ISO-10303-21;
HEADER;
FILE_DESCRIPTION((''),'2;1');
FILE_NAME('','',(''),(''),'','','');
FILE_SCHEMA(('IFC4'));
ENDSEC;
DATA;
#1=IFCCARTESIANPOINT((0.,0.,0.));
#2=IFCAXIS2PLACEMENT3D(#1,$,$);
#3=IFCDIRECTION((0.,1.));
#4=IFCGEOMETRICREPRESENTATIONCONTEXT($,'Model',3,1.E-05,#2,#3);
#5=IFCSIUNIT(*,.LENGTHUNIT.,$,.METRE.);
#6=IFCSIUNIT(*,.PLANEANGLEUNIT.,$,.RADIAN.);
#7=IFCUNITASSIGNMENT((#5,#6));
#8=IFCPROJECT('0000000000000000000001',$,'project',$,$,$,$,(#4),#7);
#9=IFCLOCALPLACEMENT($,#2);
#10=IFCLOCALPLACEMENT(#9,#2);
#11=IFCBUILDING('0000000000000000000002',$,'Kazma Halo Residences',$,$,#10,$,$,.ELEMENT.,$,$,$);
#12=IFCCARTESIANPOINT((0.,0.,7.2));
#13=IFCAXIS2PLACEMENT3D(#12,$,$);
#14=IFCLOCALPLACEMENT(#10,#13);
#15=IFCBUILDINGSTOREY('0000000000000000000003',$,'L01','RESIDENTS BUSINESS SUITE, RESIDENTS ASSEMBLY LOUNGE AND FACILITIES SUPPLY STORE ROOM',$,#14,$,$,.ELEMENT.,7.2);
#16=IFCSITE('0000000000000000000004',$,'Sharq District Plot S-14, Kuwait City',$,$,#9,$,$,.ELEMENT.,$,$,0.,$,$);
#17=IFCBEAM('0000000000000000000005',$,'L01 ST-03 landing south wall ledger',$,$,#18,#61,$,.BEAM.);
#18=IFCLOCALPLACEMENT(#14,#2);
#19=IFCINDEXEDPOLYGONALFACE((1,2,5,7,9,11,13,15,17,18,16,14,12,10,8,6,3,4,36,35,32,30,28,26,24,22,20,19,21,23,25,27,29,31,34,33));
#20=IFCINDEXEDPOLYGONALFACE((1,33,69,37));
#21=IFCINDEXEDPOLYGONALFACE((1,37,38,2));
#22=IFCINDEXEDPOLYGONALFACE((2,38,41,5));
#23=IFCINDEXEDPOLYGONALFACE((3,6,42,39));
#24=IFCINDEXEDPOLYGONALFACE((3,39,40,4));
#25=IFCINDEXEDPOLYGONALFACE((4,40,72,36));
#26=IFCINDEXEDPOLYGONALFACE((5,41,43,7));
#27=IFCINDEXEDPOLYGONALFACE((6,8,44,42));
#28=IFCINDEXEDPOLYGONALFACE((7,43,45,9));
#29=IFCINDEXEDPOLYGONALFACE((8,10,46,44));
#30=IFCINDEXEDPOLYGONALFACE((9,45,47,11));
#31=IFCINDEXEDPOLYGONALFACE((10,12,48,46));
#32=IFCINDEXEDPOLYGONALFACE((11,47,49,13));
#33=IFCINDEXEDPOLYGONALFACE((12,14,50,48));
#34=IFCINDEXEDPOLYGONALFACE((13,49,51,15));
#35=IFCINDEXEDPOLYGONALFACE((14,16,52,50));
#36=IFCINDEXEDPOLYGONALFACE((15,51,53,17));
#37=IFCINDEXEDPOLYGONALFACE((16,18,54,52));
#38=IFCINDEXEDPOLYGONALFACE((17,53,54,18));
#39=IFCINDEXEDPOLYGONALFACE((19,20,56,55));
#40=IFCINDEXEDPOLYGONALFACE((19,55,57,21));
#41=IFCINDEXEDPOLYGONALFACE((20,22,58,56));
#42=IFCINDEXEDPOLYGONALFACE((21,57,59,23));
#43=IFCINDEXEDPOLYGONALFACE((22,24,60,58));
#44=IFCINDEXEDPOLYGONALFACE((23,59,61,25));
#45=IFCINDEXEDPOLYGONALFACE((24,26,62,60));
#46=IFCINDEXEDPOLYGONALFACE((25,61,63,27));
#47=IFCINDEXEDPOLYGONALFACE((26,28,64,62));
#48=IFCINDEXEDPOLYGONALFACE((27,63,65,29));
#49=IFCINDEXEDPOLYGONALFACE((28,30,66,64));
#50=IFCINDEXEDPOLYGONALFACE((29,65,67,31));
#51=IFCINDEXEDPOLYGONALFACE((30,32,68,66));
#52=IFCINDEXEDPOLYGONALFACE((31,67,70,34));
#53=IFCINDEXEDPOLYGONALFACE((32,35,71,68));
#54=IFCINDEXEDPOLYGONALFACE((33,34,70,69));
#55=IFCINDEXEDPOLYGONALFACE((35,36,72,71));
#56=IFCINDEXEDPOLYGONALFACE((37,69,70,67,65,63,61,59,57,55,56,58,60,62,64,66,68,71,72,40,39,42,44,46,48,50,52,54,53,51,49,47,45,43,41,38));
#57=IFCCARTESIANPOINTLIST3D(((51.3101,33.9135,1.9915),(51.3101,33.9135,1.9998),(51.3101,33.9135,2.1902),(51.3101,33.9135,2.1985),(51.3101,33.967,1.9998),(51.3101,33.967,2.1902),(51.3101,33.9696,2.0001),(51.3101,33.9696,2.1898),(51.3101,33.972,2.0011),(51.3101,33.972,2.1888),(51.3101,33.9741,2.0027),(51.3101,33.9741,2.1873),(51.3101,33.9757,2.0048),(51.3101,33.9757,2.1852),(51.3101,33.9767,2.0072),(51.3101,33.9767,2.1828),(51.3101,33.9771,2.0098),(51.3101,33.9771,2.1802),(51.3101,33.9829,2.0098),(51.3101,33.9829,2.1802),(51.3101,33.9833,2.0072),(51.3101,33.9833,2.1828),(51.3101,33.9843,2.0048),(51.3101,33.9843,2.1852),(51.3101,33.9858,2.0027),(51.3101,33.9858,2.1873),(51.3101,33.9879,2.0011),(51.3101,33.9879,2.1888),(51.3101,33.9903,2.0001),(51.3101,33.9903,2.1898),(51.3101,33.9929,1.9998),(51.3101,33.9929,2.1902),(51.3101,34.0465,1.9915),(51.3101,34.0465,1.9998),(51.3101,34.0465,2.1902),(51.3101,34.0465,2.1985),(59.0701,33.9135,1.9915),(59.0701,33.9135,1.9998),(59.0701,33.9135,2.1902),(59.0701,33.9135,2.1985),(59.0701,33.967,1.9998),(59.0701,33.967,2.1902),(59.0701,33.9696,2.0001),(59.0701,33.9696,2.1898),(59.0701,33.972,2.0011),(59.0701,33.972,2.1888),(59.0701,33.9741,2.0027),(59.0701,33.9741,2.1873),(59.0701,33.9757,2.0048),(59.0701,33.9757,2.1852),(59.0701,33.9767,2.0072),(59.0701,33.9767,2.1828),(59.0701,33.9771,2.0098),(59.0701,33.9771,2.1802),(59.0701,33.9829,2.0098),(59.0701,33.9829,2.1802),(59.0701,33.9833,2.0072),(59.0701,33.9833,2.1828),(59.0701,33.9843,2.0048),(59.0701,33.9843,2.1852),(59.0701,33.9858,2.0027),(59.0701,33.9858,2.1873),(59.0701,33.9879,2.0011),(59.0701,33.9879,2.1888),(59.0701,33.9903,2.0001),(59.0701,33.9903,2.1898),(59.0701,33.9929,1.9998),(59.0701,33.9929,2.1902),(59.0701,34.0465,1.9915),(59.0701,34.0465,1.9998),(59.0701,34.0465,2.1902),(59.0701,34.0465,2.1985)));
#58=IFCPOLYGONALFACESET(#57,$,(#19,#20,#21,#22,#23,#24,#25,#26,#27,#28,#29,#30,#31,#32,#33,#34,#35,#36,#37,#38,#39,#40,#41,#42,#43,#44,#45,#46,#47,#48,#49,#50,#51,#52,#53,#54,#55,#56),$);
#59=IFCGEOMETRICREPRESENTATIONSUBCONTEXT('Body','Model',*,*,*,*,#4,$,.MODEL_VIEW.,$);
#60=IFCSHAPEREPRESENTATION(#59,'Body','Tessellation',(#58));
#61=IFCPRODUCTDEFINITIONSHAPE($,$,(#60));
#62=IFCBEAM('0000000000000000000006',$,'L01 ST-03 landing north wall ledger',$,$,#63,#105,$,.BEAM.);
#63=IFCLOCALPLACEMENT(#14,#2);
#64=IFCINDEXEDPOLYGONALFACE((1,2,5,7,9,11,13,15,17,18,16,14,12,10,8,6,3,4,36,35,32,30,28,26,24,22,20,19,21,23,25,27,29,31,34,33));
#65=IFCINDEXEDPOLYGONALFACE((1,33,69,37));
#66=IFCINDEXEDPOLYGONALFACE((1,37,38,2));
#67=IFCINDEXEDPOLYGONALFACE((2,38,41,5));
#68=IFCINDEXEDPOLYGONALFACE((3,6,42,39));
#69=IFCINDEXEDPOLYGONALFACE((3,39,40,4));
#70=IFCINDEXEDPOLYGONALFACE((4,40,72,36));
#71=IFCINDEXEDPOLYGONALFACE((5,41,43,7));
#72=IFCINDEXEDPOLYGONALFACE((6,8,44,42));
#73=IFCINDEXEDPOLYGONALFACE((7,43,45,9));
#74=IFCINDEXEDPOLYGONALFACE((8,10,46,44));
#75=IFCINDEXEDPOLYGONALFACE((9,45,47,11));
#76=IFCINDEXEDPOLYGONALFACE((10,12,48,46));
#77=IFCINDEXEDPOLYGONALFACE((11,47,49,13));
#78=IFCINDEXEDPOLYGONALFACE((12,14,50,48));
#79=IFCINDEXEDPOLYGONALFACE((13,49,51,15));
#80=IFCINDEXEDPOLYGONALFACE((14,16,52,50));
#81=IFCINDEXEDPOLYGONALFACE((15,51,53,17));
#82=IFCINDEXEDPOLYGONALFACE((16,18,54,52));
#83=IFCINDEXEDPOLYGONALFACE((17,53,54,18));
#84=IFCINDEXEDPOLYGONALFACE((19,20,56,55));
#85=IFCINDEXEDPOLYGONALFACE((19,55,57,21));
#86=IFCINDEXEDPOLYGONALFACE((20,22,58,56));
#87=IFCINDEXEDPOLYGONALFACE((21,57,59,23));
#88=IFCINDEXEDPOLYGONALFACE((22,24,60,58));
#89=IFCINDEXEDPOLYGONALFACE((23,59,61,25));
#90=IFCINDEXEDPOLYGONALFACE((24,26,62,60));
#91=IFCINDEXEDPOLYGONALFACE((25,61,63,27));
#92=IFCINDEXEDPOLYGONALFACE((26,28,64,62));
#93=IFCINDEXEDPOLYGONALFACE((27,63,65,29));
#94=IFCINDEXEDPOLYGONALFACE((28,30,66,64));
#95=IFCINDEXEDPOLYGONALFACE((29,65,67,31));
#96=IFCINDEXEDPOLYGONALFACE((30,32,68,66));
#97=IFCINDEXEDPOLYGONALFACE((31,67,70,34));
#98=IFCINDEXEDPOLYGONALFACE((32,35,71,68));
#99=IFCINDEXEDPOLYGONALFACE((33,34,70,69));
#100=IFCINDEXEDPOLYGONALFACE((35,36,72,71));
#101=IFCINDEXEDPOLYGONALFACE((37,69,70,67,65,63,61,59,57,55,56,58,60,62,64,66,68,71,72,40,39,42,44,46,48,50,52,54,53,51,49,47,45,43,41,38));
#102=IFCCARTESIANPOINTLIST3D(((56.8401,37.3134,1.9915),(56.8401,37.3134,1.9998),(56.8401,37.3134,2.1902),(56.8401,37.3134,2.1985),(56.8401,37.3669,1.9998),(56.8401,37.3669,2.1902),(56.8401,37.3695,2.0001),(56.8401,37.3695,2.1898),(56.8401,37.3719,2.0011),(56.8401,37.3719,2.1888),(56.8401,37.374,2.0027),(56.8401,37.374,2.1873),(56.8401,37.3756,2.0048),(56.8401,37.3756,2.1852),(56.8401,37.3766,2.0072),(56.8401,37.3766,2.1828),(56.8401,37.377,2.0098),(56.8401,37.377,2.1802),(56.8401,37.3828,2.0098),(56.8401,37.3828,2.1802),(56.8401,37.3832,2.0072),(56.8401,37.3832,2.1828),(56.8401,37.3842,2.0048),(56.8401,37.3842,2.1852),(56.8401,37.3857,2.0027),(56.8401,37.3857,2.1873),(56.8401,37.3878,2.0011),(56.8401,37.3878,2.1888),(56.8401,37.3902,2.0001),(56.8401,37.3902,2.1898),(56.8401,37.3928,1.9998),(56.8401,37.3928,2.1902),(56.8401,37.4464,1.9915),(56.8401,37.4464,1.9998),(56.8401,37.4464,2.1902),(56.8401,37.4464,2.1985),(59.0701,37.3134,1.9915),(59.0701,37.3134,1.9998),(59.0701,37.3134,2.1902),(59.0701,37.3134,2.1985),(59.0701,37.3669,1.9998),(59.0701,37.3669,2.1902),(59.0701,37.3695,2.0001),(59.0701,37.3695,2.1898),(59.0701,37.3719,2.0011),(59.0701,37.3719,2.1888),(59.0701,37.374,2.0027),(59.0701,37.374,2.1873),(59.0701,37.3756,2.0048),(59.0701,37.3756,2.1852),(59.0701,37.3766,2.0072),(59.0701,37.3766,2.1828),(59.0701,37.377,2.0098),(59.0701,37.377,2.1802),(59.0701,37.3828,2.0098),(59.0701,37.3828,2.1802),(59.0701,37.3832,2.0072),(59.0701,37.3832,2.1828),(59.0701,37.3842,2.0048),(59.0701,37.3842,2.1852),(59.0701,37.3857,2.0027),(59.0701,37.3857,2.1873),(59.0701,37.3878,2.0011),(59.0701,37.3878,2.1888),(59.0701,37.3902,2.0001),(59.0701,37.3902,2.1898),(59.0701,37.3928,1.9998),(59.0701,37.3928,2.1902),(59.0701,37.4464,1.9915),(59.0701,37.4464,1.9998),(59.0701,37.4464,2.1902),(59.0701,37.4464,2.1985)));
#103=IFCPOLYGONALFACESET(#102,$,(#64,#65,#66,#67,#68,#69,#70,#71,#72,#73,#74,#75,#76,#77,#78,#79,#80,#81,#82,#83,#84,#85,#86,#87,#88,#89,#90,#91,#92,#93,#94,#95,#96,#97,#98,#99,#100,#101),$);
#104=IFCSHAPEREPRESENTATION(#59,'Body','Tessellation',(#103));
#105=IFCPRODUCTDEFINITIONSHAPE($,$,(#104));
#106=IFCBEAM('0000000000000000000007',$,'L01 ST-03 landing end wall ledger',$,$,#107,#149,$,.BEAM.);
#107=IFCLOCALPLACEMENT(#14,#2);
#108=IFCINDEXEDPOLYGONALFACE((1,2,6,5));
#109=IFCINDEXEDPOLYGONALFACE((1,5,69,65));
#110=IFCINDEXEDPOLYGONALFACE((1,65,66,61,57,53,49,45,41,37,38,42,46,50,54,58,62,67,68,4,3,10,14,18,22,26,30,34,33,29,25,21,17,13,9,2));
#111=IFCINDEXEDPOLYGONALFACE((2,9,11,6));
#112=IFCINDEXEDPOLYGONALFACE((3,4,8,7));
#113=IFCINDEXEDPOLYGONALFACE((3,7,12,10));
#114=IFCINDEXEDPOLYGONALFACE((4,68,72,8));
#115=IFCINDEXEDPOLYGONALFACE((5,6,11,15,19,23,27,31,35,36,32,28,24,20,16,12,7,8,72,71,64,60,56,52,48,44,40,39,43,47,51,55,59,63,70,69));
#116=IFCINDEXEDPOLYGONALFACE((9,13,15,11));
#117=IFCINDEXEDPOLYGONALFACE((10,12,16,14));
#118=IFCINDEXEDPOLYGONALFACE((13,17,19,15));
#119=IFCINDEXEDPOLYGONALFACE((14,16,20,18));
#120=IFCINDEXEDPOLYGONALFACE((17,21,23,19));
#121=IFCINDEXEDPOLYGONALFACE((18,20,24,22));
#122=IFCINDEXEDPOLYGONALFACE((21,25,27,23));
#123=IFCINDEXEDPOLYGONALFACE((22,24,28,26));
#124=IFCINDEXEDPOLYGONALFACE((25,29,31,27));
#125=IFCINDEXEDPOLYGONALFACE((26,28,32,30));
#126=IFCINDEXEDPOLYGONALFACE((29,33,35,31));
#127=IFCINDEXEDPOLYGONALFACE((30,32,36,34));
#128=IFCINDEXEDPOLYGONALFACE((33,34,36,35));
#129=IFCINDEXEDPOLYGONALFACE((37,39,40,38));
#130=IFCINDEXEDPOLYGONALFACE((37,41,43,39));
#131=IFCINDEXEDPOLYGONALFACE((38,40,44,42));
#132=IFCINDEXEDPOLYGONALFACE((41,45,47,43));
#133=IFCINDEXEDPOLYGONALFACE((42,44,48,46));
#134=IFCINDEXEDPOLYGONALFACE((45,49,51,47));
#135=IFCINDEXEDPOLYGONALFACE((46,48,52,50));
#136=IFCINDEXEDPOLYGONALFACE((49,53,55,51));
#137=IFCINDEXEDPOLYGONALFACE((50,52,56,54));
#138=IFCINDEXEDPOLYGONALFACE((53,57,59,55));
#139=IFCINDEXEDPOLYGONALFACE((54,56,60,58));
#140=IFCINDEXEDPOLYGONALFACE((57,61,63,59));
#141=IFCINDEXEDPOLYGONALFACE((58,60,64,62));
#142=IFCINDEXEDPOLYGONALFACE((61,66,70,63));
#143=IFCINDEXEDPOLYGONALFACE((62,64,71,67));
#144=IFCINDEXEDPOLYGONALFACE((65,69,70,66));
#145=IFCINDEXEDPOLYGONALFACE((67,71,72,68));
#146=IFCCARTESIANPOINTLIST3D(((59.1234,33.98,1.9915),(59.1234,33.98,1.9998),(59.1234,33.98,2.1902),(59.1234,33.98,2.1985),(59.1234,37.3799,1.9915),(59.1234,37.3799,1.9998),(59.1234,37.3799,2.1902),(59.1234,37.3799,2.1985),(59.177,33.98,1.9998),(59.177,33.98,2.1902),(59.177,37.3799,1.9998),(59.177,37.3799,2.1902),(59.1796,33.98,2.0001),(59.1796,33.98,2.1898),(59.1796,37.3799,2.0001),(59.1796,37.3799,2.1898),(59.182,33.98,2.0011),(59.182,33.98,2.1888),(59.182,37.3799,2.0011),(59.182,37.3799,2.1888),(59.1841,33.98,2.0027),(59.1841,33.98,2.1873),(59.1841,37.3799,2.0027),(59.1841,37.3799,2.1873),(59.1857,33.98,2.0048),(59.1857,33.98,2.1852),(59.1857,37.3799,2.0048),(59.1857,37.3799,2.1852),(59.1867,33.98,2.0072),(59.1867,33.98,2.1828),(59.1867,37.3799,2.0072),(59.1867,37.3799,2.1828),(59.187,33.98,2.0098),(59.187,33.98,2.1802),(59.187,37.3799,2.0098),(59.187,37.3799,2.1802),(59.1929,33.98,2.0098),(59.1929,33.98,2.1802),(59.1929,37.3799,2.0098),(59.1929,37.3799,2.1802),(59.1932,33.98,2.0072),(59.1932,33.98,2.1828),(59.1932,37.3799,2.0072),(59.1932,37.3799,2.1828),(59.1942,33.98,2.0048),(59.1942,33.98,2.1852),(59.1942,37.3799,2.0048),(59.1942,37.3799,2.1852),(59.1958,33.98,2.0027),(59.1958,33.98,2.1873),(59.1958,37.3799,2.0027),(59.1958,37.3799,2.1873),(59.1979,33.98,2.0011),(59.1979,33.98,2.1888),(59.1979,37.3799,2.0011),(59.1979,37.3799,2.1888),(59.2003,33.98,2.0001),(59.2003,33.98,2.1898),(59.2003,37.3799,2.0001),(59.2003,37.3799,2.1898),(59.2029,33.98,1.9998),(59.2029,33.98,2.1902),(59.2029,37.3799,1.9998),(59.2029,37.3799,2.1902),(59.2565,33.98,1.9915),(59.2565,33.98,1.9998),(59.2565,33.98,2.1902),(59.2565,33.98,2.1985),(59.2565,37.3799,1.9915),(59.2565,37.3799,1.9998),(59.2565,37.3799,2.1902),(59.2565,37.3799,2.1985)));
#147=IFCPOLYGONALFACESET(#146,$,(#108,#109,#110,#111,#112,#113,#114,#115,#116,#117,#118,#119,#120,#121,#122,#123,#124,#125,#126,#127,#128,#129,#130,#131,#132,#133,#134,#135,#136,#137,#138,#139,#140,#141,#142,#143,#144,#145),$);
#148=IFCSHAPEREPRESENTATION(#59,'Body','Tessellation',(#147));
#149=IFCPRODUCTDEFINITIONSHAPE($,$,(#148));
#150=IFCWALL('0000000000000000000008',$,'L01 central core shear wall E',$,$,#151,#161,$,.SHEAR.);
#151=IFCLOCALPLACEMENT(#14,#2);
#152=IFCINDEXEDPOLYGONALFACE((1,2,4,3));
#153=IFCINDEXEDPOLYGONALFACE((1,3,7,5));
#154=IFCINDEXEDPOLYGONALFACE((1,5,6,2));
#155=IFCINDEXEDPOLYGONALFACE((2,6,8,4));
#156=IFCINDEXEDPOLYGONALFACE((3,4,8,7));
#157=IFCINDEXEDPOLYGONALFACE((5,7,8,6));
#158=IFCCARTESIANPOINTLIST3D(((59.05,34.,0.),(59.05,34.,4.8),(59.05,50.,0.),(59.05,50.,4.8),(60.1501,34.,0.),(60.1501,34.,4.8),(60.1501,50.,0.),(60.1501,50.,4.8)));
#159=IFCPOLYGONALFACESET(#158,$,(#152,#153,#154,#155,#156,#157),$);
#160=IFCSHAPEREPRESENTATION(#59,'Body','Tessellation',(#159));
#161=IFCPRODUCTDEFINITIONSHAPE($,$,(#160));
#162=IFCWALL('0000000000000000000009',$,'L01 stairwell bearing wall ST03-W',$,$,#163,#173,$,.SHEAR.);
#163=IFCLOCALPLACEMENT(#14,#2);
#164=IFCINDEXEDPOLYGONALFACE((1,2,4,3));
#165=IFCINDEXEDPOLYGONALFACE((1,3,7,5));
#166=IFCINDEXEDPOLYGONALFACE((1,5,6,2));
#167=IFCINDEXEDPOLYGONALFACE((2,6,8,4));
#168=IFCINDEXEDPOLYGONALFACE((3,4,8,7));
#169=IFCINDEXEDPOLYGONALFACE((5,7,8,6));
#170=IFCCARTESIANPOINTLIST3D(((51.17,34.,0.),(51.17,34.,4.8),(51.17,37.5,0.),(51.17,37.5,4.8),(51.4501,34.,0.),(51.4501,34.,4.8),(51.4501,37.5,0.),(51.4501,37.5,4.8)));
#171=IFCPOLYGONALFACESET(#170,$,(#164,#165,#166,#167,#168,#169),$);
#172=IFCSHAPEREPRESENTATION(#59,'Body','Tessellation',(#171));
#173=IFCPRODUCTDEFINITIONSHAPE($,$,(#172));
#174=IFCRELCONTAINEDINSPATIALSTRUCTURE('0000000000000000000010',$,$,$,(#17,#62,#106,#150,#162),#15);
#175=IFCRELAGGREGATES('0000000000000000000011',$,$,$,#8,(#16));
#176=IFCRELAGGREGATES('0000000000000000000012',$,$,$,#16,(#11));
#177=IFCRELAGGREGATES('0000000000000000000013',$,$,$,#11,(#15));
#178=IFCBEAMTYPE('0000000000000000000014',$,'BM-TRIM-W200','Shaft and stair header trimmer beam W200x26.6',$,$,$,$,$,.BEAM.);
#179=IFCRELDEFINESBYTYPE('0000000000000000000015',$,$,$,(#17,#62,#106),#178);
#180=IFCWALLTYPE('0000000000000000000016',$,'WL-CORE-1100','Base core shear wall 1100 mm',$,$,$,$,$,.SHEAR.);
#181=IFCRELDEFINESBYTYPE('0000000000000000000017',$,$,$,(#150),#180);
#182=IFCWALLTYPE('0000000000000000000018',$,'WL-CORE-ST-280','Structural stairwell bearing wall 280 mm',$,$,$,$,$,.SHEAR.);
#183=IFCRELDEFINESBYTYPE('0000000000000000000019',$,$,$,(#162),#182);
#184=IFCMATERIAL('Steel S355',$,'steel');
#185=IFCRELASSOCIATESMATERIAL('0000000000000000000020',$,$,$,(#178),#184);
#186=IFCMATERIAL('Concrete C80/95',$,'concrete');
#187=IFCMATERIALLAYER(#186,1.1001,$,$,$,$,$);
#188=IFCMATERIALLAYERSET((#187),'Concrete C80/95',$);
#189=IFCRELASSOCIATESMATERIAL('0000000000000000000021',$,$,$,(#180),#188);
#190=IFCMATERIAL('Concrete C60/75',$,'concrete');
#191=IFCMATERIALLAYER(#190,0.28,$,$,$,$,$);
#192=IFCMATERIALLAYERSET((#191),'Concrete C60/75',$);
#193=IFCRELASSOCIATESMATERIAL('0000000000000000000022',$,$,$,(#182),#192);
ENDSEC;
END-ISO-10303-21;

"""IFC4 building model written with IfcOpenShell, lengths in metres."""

from ifc_helpers import new_model, si_unit, direction, frame, frame_2d, origin, origin_2d, place, context, subcontext, project, spatial, rectangle, i_section, extrude, material, layer, layer_set, material_profile, profile_set, type_object, element, save


model = new_model("IFC4")

# Units and contexts
model_context = context("Model", 3, precision=1e-05, world=origin(), true_north=direction((0.0, 1.0)))
body_context = subcontext(model_context, "Body", "Model", "MODEL_VIEW")
ifc_project = project(units=[si_unit("LENGTHUNIT", "METRE"), si_unit("PLANEANGLEUNIT", "RADIAN")], contexts=[model_context])

# Site, building, storey
site_placement = place(None, origin())
site = spatial("IfcSite", under=ifc_project, at=site_placement, Name="Sharq District Plot S-14, Kuwait City", CompositionType="ELEMENT", RefElevation=0.0)
building_placement = place(site_placement, origin())
building = spatial("IfcBuilding", under=site, at=building_placement, Name="Kazma Halo Residences", CompositionType="ELEMENT")
storey_placement = place(building_placement, frame((0.0, 0.0, 7.2)))
storey = spatial("IfcBuildingStorey", under=building, at=storey_placement, Name="L01", Description="RESIDENTS BUSINESS SUITE, RESIDENTS ASSEMBLY LOUNGE AND FACILITIES SUPPLY STORE ROOM", CompositionType="ELEMENT", Elevation=7.2)

# Shared definitions
ifc_material_1 = material(Name="Steel S355", Category="steel")

# Beams
ifc_material_profile_1 = material_profile(ifc_material_1, i_section(OverallWidth=0.1331, OverallDepth=0.207, WebThickness=0.0059, FlangeThickness=0.0083, FilletRadius=0.01, at=origin_2d()), Name="W200x26.6")
ifc_profile_set_1 = profile_set([ifc_material_profile_1], Name="Steel S355")
beam_type_1 = type_object("IfcBeamType", Name="BM-TRIM-W200", Description="Shaft and stair header trimmer beam W200x26.6", PredefinedType="BEAM", material=ifc_profile_set_1)
beam_1_placement = place(storey_placement, frame((51.3101, 33.98, 2.095), z_axis=(1.0, 0.0, 0.0), x_axis=(0.0, 1.0, 0.0)))
element("IfcBeam", 1, at=beam_1_placement, inside=storey, type_object=beam_type_1, Name="L01 ST-03 landing south wall ledger", PredefinedType="BEAM", context=body_context, shape_type="SweptSolid", body=[
    extrude(i_section(OverallWidth=0.1331, OverallDepth=0.207, WebThickness=0.0059, FlangeThickness=0.0083, FilletRadius=0.01, at=origin_2d()), origin(), (0.0, 0.0, 1.0), 7.76),
])
beam_2_placement = place(storey_placement, frame((56.8401, 37.3799, 2.095), z_axis=(1.0, 0.0, 0.0), x_axis=(0.0, 1.0, 0.0)))
element("IfcBeam", 2, at=beam_2_placement, inside=storey, type_object=beam_type_1, Name="L01 ST-03 landing north wall ledger", PredefinedType="BEAM", context=body_context, shape_type="SweptSolid", body=[
    extrude(i_section(OverallWidth=0.1331, OverallDepth=0.207, WebThickness=0.0059, FlangeThickness=0.0083, FilletRadius=0.01, at=origin_2d()), origin(), (0.0, 0.0, 1.0), 2.23),
])
beam_3_placement = place(storey_placement, frame((59.1899, 33.98, 2.095), z_axis=(0.0, 1.0, 0.0), x_axis=(-1.0, 0.0, 0.0)))
element("IfcBeam", 3, at=beam_3_placement, inside=storey, type_object=beam_type_1, Name="L01 ST-03 landing end wall ledger", PredefinedType="BEAM", context=body_context, shape_type="SweptSolid", body=[
    extrude(i_section(OverallWidth=0.1331, OverallDepth=0.207, WebThickness=0.0059, FlangeThickness=0.0083, FilletRadius=0.01, at=origin_2d()), origin(), (0.0, 0.0, 1.0), 3.3999),
])

# Walls
ifc_material_2 = material(Name="Concrete C80/95", Category="concrete")
ifc_layer_1 = layer(ifc_material_2, 1.1001)
ifc_layer_set_1 = layer_set([ifc_layer_1], Name="Concrete C80/95")
wall_type_1 = type_object("IfcWallType", Name="WL-CORE-1100", Description="Base core shear wall 1100 mm", PredefinedType="SHEAR", material=ifc_layer_set_1)
wall_1_placement = place(storey_placement, frame((59.6001, 34.0, 0.0), z_axis=(0.0, 0.0, 1.0), x_axis=(0.0, 1.0, 0.0)))
element("IfcWall", 4, at=wall_1_placement, inside=storey, type_object=wall_type_1, Name="L01 central core shear wall E", PredefinedType="SHEAR", context=body_context, shape_type="SweptSolid", body=[
    extrude(rectangle(XDim=16.0, YDim=1.1001, at=frame_2d((8.0, 0.0))), origin(), (0.0, 0.0, 1.0), 4.8),
])
ifc_material_3 = material(Name="Concrete C60/75", Category="concrete")
ifc_layer_2 = layer(ifc_material_3, 0.28)
ifc_layer_set_2 = layer_set([ifc_layer_2], Name="Concrete C60/75")
wall_type_2 = type_object("IfcWallType", Name="WL-CORE-ST-280", Description="Structural stairwell bearing wall 280 mm", PredefinedType="SHEAR", material=ifc_layer_set_2)
wall_2_placement = place(storey_placement, frame((51.3101, 34.0, 0.0), z_axis=(0.0, 0.0, 1.0), x_axis=(0.0, 1.0, 0.0)))
element("IfcWall", 5, at=wall_2_placement, inside=storey, type_object=wall_type_2, Name="L01 stairwell bearing wall ST03-W", PredefinedType="SHEAR", context=body_context, shape_type="SweptSolid", body=[
    extrude(rectangle(XDim=3.5, YDim=0.28, at=frame_2d((1.75, 0.0))), origin(), (0.0, 0.0, 1.0), 4.8),
])

save(model, "model.ifc")
